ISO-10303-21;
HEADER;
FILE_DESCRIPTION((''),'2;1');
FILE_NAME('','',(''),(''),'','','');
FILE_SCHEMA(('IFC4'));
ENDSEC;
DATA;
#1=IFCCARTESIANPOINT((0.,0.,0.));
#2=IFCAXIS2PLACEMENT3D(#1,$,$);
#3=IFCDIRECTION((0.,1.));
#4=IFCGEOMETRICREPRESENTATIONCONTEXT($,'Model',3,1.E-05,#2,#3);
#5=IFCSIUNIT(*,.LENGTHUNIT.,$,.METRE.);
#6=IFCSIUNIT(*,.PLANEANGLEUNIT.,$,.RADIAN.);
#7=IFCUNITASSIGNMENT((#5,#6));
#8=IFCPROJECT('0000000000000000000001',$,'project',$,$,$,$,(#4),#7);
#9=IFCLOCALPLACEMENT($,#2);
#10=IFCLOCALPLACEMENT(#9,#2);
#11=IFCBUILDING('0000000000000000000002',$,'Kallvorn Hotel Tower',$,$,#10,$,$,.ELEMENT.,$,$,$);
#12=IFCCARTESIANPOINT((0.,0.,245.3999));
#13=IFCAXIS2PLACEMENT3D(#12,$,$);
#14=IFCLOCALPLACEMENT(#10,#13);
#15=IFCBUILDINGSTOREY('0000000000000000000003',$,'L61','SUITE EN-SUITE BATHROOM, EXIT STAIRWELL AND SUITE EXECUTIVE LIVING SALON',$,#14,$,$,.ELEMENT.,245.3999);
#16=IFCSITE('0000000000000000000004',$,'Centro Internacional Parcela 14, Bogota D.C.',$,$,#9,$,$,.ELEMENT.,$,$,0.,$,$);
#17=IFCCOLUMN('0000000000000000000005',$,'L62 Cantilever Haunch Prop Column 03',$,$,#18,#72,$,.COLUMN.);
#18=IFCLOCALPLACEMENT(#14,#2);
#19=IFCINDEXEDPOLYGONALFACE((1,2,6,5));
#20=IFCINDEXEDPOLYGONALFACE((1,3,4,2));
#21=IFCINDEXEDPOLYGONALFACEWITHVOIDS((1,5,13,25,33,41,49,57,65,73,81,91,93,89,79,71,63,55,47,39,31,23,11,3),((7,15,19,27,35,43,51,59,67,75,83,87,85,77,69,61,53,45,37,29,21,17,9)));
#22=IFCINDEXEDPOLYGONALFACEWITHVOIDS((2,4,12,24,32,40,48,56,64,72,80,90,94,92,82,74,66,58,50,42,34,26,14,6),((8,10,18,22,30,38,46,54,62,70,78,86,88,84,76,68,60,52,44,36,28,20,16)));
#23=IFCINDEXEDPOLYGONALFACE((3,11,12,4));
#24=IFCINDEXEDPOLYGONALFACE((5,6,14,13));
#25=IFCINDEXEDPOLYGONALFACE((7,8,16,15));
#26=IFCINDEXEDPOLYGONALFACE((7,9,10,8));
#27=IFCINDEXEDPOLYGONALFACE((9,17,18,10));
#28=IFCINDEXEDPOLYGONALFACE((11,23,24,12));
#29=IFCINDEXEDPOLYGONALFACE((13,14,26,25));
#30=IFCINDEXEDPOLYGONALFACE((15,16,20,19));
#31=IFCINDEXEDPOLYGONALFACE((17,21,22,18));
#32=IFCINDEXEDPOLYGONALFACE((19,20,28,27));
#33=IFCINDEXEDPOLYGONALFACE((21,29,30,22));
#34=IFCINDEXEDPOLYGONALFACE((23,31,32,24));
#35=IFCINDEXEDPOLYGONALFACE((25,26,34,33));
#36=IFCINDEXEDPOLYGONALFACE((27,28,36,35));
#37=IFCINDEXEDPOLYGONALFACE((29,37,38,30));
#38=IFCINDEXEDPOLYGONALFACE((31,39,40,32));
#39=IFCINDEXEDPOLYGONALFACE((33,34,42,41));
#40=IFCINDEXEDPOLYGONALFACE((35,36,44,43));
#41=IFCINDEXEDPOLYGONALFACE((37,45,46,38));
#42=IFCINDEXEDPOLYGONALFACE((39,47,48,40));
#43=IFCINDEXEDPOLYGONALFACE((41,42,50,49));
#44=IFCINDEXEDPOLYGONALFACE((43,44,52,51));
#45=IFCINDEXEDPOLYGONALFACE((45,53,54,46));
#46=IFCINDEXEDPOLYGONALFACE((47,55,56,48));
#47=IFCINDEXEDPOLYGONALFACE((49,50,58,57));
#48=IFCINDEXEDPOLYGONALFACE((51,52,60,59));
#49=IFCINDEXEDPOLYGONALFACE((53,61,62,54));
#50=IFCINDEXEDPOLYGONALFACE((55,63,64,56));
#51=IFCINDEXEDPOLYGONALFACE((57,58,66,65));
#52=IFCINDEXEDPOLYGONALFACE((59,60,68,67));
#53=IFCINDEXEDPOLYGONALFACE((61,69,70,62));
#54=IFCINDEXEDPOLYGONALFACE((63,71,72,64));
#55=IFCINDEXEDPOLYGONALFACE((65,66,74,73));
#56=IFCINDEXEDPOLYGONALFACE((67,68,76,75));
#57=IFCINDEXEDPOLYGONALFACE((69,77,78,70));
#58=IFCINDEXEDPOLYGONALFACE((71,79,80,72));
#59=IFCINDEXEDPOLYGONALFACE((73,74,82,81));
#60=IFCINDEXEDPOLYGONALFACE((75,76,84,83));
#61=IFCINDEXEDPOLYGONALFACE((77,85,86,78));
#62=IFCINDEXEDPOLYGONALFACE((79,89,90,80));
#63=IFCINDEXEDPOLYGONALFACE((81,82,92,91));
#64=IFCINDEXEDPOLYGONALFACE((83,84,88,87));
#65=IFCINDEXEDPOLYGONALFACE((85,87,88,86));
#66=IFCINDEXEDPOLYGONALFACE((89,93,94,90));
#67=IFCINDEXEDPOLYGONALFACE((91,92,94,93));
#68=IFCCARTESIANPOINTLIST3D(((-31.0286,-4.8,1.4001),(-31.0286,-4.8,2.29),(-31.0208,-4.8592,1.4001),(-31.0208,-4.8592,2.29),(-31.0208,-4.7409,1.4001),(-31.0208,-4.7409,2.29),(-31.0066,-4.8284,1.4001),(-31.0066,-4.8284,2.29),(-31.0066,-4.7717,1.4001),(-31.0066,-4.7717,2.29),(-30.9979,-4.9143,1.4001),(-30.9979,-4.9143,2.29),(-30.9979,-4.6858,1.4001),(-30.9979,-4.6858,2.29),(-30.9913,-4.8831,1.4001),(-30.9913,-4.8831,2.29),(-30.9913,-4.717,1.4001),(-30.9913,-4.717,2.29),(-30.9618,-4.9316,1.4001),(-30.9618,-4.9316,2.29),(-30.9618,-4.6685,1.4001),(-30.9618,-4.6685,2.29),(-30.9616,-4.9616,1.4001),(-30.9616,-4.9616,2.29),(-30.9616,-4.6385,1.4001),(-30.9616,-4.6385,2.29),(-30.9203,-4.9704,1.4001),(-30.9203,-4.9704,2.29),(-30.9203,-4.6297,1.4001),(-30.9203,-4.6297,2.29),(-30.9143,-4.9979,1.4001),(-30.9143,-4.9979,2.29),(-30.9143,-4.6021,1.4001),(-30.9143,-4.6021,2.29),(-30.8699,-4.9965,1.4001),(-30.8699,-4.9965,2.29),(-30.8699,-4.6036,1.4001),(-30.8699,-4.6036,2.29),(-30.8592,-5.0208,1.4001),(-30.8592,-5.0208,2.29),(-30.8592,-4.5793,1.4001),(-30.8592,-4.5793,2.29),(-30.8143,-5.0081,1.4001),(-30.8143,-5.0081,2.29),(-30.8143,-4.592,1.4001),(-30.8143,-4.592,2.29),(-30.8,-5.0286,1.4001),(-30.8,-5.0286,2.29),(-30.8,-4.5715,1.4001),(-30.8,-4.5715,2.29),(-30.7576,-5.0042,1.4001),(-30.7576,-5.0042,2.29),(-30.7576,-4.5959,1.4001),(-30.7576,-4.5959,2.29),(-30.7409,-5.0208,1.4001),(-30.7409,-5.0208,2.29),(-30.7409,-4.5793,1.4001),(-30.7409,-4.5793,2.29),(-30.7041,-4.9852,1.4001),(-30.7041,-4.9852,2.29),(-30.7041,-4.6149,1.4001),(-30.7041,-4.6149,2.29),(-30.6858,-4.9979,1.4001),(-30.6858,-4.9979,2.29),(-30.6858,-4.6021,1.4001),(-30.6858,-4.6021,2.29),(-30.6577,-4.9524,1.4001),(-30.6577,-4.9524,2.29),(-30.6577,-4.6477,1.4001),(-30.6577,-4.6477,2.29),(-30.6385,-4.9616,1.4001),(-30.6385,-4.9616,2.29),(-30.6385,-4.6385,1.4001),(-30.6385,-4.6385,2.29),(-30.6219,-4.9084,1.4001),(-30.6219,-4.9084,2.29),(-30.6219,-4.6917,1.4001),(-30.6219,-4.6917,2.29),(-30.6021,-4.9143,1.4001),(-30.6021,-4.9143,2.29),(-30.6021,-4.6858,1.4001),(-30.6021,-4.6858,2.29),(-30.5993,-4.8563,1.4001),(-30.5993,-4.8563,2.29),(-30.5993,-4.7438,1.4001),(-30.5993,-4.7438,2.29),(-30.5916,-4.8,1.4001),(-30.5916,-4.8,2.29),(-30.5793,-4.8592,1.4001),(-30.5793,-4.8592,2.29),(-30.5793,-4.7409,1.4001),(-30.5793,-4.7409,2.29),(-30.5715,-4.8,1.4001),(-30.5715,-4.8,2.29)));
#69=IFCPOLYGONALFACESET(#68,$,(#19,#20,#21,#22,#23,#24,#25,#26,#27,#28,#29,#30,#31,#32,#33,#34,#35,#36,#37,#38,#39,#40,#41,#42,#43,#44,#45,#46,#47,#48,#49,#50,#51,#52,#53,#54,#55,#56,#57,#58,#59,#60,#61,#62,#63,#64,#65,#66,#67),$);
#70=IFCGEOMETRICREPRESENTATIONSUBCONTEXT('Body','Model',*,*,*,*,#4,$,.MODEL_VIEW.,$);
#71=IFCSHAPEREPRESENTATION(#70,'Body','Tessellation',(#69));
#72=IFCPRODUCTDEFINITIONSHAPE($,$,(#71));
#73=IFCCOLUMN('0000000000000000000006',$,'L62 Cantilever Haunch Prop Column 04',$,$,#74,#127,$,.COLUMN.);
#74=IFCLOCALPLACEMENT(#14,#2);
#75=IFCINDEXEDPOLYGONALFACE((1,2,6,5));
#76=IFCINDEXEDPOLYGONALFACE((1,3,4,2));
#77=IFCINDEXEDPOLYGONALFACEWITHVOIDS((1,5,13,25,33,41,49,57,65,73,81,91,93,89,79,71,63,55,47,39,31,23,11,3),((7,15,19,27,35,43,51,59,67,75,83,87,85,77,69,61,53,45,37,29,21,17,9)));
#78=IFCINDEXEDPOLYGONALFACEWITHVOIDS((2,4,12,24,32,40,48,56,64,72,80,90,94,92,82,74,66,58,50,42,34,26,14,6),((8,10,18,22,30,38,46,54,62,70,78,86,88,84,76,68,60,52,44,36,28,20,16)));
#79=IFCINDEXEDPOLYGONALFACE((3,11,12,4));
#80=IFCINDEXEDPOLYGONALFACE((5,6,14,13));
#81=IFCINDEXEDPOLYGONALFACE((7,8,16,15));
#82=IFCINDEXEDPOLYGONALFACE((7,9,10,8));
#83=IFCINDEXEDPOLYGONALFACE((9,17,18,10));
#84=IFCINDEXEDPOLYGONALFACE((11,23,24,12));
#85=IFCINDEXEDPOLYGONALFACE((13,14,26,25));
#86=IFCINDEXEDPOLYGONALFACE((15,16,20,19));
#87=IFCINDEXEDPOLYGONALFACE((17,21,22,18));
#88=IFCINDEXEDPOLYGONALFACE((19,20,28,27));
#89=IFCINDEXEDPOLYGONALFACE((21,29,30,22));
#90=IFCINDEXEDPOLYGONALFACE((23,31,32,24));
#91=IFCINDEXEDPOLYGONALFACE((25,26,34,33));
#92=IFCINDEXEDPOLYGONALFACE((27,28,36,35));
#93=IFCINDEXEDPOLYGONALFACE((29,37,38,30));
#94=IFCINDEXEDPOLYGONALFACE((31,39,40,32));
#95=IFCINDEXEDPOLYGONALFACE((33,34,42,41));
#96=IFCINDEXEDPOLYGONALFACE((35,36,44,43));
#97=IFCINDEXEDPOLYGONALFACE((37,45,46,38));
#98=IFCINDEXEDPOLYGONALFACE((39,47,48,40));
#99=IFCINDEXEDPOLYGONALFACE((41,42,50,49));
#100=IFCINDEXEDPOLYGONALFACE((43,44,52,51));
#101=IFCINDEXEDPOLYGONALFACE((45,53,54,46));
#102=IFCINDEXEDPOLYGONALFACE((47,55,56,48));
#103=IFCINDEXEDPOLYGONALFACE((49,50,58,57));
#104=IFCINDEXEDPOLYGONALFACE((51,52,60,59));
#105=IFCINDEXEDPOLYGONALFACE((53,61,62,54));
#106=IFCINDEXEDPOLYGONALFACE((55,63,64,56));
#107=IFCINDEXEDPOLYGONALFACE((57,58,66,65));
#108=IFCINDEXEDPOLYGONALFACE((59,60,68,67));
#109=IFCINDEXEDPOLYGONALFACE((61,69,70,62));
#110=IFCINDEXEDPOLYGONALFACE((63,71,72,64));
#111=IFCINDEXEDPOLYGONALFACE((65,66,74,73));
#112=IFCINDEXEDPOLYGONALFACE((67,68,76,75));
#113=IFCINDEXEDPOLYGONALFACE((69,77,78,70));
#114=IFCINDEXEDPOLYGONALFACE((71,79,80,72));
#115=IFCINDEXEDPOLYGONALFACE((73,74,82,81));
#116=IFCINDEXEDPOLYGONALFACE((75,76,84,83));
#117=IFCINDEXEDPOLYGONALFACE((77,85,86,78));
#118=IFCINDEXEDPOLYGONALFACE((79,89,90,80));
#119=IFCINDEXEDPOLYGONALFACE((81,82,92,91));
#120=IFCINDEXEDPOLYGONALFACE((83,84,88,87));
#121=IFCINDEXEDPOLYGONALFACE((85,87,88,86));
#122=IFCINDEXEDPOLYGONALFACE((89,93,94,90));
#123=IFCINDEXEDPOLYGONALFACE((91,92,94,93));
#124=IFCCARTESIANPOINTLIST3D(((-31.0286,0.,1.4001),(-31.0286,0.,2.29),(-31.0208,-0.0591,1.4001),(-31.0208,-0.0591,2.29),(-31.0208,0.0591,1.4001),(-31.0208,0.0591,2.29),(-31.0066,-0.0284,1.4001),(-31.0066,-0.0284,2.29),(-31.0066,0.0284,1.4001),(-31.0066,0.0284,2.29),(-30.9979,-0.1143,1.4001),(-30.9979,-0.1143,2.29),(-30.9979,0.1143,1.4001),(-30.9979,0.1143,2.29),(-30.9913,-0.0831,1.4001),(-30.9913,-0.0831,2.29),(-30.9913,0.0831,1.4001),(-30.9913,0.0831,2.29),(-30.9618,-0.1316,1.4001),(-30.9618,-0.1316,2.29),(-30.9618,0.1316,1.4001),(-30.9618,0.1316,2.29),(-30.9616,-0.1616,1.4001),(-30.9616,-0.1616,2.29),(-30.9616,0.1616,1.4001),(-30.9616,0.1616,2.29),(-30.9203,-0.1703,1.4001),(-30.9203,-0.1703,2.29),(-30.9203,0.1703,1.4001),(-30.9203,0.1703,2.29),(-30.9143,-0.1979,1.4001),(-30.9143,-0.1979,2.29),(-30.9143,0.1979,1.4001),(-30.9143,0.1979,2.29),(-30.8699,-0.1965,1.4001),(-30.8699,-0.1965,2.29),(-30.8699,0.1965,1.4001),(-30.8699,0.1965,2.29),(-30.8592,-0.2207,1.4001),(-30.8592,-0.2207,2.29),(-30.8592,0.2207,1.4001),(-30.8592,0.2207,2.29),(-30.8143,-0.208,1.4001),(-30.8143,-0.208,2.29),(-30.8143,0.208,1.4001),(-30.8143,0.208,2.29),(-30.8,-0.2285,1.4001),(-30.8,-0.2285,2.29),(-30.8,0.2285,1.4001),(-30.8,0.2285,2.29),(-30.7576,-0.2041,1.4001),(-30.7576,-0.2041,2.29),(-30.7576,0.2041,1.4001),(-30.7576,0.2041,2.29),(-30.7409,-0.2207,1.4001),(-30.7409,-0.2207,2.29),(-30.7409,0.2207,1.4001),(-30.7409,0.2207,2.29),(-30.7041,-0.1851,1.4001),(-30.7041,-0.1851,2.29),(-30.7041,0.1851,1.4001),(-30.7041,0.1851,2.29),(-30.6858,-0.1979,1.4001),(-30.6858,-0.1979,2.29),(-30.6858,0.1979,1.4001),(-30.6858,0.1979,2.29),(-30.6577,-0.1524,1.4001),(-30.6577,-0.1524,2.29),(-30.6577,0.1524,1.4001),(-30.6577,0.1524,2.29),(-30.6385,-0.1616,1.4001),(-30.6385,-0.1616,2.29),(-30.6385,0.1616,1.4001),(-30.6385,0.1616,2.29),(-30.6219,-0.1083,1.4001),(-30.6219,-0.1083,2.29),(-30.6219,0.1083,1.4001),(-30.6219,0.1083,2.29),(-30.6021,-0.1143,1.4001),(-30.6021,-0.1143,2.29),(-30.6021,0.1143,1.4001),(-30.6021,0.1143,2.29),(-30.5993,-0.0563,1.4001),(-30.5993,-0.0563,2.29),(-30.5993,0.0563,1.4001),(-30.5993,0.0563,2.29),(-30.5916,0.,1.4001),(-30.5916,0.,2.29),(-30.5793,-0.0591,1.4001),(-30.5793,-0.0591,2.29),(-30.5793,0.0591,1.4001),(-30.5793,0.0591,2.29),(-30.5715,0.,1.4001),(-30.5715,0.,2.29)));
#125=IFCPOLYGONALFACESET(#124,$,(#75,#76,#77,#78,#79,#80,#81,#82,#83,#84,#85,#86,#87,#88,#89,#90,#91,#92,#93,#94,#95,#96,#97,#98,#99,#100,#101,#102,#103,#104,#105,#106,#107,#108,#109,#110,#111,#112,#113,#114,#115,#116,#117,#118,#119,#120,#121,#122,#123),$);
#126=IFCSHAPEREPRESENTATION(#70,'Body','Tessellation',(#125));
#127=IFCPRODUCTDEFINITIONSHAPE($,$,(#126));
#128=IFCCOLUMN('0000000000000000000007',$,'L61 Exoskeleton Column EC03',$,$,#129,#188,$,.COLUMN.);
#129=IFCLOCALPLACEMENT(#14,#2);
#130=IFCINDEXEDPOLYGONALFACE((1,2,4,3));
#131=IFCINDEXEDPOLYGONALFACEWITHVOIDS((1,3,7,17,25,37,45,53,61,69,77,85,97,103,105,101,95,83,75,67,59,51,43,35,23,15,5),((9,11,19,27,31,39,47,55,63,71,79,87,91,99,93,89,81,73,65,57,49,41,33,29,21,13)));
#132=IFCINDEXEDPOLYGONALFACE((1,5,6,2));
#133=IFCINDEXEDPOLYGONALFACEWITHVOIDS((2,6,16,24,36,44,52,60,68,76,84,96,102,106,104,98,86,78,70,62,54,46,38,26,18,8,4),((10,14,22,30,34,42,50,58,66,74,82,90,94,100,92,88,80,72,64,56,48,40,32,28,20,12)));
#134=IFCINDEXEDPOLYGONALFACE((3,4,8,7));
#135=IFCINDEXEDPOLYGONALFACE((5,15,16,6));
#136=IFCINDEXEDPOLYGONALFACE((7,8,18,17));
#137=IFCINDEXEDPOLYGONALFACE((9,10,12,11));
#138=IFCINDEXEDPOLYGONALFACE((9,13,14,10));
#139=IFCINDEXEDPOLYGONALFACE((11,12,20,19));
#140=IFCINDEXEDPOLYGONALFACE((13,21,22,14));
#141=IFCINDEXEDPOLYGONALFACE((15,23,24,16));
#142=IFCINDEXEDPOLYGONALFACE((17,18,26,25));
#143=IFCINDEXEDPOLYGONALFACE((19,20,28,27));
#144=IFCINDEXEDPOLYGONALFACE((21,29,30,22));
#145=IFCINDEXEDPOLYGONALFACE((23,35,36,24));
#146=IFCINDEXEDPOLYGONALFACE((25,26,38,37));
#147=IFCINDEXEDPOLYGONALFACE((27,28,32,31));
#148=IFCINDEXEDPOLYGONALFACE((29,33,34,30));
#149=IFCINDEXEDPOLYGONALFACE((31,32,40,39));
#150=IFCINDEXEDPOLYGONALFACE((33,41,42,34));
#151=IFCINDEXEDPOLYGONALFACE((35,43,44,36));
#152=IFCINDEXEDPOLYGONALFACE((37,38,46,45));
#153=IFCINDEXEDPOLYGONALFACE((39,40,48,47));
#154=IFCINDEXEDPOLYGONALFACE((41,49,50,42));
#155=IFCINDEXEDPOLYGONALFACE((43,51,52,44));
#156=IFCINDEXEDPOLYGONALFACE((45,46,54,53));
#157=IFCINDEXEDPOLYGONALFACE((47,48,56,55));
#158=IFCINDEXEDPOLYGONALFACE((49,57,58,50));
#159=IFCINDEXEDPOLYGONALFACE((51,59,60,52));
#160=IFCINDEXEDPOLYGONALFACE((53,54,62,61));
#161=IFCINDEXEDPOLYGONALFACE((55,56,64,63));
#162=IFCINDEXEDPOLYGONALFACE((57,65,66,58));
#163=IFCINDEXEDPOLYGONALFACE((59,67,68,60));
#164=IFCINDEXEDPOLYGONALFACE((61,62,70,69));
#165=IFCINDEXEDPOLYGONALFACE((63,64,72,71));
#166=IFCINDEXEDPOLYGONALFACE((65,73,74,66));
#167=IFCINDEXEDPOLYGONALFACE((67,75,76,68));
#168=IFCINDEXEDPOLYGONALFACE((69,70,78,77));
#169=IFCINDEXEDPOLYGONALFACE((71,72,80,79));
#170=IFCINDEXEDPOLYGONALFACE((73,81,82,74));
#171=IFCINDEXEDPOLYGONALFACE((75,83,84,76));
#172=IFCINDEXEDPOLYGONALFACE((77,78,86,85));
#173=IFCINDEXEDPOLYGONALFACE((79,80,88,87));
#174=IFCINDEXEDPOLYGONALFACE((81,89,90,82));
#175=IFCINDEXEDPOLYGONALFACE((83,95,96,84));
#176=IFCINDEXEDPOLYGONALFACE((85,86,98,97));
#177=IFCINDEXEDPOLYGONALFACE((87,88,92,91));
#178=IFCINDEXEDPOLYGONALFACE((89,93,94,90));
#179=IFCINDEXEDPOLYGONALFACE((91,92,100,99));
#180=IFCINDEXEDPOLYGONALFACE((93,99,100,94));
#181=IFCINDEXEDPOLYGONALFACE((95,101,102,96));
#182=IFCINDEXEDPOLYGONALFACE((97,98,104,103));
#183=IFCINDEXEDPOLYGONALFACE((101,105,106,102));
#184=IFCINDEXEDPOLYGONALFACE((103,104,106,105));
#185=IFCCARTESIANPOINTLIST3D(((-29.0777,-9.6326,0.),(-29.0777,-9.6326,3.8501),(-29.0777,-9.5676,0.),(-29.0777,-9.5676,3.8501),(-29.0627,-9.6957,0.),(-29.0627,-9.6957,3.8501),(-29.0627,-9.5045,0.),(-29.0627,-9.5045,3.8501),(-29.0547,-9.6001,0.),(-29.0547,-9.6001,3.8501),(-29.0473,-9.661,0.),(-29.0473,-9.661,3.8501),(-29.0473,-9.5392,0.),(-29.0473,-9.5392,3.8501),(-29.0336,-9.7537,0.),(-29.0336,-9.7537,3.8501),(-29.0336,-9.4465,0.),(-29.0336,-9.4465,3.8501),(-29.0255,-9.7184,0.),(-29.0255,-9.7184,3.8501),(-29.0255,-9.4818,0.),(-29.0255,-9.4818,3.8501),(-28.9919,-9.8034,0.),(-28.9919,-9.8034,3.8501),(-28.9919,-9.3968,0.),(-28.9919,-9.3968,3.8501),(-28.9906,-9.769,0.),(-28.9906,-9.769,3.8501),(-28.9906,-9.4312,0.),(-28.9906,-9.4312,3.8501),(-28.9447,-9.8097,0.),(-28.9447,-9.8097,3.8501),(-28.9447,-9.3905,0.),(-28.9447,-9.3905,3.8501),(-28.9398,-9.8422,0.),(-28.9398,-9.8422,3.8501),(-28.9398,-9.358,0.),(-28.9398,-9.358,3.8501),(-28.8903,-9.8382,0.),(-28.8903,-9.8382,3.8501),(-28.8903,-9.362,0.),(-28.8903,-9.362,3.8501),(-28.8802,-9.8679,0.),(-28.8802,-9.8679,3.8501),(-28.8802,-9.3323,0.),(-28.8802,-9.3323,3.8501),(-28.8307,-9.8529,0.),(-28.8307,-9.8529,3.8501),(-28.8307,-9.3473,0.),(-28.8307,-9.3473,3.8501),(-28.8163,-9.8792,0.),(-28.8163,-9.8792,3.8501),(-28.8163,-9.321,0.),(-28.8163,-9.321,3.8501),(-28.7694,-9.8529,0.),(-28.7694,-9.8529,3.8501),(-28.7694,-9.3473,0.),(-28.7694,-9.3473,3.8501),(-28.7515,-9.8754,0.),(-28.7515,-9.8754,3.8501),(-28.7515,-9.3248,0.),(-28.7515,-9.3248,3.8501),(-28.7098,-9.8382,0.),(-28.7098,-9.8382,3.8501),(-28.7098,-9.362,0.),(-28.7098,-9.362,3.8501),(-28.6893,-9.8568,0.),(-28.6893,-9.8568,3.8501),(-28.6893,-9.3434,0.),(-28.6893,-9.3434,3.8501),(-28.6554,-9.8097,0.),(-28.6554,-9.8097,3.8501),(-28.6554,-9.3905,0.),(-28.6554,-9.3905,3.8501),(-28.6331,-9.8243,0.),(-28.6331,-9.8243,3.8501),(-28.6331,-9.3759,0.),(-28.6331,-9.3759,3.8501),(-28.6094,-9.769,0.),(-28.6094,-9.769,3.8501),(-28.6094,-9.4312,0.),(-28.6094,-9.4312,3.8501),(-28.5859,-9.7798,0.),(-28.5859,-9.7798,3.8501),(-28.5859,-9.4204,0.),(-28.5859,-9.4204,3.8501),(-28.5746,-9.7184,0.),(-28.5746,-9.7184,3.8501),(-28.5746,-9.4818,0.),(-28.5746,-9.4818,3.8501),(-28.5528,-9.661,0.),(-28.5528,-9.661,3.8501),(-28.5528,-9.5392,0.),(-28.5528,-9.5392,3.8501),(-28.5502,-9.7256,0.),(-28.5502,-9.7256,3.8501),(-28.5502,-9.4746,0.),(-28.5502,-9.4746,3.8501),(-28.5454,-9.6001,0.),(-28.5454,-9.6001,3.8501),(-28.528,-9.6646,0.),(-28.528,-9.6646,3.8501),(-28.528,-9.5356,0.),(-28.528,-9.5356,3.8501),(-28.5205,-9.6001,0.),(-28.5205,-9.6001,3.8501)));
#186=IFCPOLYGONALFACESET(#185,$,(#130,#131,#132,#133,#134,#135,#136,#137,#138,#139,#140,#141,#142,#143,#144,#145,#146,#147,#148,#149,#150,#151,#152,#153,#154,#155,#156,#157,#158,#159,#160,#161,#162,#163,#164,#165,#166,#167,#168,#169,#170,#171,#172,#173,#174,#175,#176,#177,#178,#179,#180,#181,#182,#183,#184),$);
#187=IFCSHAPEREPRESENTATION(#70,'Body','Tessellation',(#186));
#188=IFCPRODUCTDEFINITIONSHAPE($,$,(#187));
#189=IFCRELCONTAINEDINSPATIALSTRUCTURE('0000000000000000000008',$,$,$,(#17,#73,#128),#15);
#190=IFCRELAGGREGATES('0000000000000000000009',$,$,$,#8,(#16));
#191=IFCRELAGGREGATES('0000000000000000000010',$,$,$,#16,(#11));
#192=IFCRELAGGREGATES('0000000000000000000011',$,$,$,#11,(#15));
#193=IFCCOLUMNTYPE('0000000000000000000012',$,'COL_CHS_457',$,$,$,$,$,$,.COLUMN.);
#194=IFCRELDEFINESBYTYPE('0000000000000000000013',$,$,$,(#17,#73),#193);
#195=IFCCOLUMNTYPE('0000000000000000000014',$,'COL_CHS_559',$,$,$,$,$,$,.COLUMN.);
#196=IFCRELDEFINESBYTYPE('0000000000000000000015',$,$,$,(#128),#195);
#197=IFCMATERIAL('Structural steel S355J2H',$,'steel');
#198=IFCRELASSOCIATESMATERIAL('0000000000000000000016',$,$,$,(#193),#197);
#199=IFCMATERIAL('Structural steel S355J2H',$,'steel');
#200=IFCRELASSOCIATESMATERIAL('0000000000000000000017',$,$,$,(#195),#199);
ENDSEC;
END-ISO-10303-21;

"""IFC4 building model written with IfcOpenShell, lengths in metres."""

from ifc_helpers import new_model, si_unit, direction, frame, origin, origin_2d, place, context, subcontext, project, spatial, hollow_circle, extrude, material, material_profile, profile_set, type_object, element, save


model = new_model("IFC4")

# Units and contexts
model_context = context("Model", 3, precision=1e-05, world=origin(), true_north=direction((0.0, 1.0)))
body_context = subcontext(model_context, "Body", "Model", "MODEL_VIEW")
ifc_project = project(units=[si_unit("LENGTHUNIT", "METRE"), si_unit("PLANEANGLEUNIT", "RADIAN")], contexts=[model_context])

# Site, building, storey
site_placement = place(None, origin())
site = spatial("IfcSite", under=ifc_project, at=site_placement, Name="Centro Internacional Parcela 14, Bogota D.C.", CompositionType="ELEMENT", RefElevation=0.0)
building_placement = place(site_placement, origin())
building = spatial("IfcBuilding", under=site, at=building_placement, Name="Kallvorn Hotel Tower", CompositionType="ELEMENT")
storey_placement = place(building_placement, frame((0.0, 0.0, 245.3999)))
storey = spatial("IfcBuildingStorey", under=building, at=storey_placement, Name="L61", Description="SUITE EN-SUITE BATHROOM, EXIT STAIRWELL AND SUITE EXECUTIVE LIVING SALON", CompositionType="ELEMENT", Elevation=245.3999)

# Columns
ifc_material_1 = material(Name="Structural steel S355J2H", Category="steel")
ifc_material_profile_1 = material_profile(ifc_material_1, hollow_circle(Radius=0.2285, WallThickness=0.02, at=origin_2d()), Name="CHS 457x20")
ifc_profile_set_1 = profile_set([ifc_material_profile_1], Name="Structural steel S355J2H")
column_type_1 = type_object("IfcColumnType", Name="COL_CHS_457", PredefinedType="COLUMN", material=ifc_profile_set_1)
for number, where, z_axis, x_axis, name in (
    (1, (-30.8, -4.8, 1.4001), (0.0, 0.0, 1.0), (1.0, 0.0, 0.0), "L62 Cantilever Haunch Prop Column 03"),
    (2, (-30.8, 0.0, 1.4001), (0.0, 0.0, 1.0), (1.0, 0.0, 0.0), "L62 Cantilever Haunch Prop Column 04"),
):
    element("IfcColumn", number, at=place(storey_placement, frame(where, z_axis=z_axis, x_axis=x_axis)), inside=storey, type_object=column_type_1, Name=name, PredefinedType="COLUMN", context=body_context, shape_type="SweptSolid", body=[
        extrude(hollow_circle(Radius=0.2285, WallThickness=0.02, at=origin_2d()), origin(), (0.0, 0.0, 1.0), 0.8899),
    ])
ifc_material_2 = material(Name="Structural steel S355J2H", Category="steel")
ifc_material_profile_2 = material_profile(ifc_material_2, hollow_circle(Radius=0.2795, WallThickness=0.0249, at=origin_2d()), Name="CHS 559x25")
ifc_profile_set_2 = profile_set([ifc_material_profile_2], Name="Structural steel S355J2H")
column_type_2 = type_object("IfcColumnType", Name="COL_CHS_559", PredefinedType="COLUMN", material=ifc_profile_set_2)
for number, where, z_axis, x_axis, name in (
    (3, (-28.8, -9.6001, 0.0), (0.0, 0.0, 1.0), (1.0, 0.0, 0.0), "L61 Exoskeleton Column EC03"),
):
    element("IfcColumn", number, at=place(storey_placement, frame(where, z_axis=z_axis, x_axis=x_axis)), inside=storey, type_object=column_type_2, Name=name, PredefinedType="COLUMN", context=body_context, shape_type="SweptSolid", body=[
        extrude(hollow_circle(Radius=0.2795, WallThickness=0.0249, at=origin_2d()), origin(), (0.0, 0.0, 1.0), 3.8501),
    ])

save(model, "model.ifc")
